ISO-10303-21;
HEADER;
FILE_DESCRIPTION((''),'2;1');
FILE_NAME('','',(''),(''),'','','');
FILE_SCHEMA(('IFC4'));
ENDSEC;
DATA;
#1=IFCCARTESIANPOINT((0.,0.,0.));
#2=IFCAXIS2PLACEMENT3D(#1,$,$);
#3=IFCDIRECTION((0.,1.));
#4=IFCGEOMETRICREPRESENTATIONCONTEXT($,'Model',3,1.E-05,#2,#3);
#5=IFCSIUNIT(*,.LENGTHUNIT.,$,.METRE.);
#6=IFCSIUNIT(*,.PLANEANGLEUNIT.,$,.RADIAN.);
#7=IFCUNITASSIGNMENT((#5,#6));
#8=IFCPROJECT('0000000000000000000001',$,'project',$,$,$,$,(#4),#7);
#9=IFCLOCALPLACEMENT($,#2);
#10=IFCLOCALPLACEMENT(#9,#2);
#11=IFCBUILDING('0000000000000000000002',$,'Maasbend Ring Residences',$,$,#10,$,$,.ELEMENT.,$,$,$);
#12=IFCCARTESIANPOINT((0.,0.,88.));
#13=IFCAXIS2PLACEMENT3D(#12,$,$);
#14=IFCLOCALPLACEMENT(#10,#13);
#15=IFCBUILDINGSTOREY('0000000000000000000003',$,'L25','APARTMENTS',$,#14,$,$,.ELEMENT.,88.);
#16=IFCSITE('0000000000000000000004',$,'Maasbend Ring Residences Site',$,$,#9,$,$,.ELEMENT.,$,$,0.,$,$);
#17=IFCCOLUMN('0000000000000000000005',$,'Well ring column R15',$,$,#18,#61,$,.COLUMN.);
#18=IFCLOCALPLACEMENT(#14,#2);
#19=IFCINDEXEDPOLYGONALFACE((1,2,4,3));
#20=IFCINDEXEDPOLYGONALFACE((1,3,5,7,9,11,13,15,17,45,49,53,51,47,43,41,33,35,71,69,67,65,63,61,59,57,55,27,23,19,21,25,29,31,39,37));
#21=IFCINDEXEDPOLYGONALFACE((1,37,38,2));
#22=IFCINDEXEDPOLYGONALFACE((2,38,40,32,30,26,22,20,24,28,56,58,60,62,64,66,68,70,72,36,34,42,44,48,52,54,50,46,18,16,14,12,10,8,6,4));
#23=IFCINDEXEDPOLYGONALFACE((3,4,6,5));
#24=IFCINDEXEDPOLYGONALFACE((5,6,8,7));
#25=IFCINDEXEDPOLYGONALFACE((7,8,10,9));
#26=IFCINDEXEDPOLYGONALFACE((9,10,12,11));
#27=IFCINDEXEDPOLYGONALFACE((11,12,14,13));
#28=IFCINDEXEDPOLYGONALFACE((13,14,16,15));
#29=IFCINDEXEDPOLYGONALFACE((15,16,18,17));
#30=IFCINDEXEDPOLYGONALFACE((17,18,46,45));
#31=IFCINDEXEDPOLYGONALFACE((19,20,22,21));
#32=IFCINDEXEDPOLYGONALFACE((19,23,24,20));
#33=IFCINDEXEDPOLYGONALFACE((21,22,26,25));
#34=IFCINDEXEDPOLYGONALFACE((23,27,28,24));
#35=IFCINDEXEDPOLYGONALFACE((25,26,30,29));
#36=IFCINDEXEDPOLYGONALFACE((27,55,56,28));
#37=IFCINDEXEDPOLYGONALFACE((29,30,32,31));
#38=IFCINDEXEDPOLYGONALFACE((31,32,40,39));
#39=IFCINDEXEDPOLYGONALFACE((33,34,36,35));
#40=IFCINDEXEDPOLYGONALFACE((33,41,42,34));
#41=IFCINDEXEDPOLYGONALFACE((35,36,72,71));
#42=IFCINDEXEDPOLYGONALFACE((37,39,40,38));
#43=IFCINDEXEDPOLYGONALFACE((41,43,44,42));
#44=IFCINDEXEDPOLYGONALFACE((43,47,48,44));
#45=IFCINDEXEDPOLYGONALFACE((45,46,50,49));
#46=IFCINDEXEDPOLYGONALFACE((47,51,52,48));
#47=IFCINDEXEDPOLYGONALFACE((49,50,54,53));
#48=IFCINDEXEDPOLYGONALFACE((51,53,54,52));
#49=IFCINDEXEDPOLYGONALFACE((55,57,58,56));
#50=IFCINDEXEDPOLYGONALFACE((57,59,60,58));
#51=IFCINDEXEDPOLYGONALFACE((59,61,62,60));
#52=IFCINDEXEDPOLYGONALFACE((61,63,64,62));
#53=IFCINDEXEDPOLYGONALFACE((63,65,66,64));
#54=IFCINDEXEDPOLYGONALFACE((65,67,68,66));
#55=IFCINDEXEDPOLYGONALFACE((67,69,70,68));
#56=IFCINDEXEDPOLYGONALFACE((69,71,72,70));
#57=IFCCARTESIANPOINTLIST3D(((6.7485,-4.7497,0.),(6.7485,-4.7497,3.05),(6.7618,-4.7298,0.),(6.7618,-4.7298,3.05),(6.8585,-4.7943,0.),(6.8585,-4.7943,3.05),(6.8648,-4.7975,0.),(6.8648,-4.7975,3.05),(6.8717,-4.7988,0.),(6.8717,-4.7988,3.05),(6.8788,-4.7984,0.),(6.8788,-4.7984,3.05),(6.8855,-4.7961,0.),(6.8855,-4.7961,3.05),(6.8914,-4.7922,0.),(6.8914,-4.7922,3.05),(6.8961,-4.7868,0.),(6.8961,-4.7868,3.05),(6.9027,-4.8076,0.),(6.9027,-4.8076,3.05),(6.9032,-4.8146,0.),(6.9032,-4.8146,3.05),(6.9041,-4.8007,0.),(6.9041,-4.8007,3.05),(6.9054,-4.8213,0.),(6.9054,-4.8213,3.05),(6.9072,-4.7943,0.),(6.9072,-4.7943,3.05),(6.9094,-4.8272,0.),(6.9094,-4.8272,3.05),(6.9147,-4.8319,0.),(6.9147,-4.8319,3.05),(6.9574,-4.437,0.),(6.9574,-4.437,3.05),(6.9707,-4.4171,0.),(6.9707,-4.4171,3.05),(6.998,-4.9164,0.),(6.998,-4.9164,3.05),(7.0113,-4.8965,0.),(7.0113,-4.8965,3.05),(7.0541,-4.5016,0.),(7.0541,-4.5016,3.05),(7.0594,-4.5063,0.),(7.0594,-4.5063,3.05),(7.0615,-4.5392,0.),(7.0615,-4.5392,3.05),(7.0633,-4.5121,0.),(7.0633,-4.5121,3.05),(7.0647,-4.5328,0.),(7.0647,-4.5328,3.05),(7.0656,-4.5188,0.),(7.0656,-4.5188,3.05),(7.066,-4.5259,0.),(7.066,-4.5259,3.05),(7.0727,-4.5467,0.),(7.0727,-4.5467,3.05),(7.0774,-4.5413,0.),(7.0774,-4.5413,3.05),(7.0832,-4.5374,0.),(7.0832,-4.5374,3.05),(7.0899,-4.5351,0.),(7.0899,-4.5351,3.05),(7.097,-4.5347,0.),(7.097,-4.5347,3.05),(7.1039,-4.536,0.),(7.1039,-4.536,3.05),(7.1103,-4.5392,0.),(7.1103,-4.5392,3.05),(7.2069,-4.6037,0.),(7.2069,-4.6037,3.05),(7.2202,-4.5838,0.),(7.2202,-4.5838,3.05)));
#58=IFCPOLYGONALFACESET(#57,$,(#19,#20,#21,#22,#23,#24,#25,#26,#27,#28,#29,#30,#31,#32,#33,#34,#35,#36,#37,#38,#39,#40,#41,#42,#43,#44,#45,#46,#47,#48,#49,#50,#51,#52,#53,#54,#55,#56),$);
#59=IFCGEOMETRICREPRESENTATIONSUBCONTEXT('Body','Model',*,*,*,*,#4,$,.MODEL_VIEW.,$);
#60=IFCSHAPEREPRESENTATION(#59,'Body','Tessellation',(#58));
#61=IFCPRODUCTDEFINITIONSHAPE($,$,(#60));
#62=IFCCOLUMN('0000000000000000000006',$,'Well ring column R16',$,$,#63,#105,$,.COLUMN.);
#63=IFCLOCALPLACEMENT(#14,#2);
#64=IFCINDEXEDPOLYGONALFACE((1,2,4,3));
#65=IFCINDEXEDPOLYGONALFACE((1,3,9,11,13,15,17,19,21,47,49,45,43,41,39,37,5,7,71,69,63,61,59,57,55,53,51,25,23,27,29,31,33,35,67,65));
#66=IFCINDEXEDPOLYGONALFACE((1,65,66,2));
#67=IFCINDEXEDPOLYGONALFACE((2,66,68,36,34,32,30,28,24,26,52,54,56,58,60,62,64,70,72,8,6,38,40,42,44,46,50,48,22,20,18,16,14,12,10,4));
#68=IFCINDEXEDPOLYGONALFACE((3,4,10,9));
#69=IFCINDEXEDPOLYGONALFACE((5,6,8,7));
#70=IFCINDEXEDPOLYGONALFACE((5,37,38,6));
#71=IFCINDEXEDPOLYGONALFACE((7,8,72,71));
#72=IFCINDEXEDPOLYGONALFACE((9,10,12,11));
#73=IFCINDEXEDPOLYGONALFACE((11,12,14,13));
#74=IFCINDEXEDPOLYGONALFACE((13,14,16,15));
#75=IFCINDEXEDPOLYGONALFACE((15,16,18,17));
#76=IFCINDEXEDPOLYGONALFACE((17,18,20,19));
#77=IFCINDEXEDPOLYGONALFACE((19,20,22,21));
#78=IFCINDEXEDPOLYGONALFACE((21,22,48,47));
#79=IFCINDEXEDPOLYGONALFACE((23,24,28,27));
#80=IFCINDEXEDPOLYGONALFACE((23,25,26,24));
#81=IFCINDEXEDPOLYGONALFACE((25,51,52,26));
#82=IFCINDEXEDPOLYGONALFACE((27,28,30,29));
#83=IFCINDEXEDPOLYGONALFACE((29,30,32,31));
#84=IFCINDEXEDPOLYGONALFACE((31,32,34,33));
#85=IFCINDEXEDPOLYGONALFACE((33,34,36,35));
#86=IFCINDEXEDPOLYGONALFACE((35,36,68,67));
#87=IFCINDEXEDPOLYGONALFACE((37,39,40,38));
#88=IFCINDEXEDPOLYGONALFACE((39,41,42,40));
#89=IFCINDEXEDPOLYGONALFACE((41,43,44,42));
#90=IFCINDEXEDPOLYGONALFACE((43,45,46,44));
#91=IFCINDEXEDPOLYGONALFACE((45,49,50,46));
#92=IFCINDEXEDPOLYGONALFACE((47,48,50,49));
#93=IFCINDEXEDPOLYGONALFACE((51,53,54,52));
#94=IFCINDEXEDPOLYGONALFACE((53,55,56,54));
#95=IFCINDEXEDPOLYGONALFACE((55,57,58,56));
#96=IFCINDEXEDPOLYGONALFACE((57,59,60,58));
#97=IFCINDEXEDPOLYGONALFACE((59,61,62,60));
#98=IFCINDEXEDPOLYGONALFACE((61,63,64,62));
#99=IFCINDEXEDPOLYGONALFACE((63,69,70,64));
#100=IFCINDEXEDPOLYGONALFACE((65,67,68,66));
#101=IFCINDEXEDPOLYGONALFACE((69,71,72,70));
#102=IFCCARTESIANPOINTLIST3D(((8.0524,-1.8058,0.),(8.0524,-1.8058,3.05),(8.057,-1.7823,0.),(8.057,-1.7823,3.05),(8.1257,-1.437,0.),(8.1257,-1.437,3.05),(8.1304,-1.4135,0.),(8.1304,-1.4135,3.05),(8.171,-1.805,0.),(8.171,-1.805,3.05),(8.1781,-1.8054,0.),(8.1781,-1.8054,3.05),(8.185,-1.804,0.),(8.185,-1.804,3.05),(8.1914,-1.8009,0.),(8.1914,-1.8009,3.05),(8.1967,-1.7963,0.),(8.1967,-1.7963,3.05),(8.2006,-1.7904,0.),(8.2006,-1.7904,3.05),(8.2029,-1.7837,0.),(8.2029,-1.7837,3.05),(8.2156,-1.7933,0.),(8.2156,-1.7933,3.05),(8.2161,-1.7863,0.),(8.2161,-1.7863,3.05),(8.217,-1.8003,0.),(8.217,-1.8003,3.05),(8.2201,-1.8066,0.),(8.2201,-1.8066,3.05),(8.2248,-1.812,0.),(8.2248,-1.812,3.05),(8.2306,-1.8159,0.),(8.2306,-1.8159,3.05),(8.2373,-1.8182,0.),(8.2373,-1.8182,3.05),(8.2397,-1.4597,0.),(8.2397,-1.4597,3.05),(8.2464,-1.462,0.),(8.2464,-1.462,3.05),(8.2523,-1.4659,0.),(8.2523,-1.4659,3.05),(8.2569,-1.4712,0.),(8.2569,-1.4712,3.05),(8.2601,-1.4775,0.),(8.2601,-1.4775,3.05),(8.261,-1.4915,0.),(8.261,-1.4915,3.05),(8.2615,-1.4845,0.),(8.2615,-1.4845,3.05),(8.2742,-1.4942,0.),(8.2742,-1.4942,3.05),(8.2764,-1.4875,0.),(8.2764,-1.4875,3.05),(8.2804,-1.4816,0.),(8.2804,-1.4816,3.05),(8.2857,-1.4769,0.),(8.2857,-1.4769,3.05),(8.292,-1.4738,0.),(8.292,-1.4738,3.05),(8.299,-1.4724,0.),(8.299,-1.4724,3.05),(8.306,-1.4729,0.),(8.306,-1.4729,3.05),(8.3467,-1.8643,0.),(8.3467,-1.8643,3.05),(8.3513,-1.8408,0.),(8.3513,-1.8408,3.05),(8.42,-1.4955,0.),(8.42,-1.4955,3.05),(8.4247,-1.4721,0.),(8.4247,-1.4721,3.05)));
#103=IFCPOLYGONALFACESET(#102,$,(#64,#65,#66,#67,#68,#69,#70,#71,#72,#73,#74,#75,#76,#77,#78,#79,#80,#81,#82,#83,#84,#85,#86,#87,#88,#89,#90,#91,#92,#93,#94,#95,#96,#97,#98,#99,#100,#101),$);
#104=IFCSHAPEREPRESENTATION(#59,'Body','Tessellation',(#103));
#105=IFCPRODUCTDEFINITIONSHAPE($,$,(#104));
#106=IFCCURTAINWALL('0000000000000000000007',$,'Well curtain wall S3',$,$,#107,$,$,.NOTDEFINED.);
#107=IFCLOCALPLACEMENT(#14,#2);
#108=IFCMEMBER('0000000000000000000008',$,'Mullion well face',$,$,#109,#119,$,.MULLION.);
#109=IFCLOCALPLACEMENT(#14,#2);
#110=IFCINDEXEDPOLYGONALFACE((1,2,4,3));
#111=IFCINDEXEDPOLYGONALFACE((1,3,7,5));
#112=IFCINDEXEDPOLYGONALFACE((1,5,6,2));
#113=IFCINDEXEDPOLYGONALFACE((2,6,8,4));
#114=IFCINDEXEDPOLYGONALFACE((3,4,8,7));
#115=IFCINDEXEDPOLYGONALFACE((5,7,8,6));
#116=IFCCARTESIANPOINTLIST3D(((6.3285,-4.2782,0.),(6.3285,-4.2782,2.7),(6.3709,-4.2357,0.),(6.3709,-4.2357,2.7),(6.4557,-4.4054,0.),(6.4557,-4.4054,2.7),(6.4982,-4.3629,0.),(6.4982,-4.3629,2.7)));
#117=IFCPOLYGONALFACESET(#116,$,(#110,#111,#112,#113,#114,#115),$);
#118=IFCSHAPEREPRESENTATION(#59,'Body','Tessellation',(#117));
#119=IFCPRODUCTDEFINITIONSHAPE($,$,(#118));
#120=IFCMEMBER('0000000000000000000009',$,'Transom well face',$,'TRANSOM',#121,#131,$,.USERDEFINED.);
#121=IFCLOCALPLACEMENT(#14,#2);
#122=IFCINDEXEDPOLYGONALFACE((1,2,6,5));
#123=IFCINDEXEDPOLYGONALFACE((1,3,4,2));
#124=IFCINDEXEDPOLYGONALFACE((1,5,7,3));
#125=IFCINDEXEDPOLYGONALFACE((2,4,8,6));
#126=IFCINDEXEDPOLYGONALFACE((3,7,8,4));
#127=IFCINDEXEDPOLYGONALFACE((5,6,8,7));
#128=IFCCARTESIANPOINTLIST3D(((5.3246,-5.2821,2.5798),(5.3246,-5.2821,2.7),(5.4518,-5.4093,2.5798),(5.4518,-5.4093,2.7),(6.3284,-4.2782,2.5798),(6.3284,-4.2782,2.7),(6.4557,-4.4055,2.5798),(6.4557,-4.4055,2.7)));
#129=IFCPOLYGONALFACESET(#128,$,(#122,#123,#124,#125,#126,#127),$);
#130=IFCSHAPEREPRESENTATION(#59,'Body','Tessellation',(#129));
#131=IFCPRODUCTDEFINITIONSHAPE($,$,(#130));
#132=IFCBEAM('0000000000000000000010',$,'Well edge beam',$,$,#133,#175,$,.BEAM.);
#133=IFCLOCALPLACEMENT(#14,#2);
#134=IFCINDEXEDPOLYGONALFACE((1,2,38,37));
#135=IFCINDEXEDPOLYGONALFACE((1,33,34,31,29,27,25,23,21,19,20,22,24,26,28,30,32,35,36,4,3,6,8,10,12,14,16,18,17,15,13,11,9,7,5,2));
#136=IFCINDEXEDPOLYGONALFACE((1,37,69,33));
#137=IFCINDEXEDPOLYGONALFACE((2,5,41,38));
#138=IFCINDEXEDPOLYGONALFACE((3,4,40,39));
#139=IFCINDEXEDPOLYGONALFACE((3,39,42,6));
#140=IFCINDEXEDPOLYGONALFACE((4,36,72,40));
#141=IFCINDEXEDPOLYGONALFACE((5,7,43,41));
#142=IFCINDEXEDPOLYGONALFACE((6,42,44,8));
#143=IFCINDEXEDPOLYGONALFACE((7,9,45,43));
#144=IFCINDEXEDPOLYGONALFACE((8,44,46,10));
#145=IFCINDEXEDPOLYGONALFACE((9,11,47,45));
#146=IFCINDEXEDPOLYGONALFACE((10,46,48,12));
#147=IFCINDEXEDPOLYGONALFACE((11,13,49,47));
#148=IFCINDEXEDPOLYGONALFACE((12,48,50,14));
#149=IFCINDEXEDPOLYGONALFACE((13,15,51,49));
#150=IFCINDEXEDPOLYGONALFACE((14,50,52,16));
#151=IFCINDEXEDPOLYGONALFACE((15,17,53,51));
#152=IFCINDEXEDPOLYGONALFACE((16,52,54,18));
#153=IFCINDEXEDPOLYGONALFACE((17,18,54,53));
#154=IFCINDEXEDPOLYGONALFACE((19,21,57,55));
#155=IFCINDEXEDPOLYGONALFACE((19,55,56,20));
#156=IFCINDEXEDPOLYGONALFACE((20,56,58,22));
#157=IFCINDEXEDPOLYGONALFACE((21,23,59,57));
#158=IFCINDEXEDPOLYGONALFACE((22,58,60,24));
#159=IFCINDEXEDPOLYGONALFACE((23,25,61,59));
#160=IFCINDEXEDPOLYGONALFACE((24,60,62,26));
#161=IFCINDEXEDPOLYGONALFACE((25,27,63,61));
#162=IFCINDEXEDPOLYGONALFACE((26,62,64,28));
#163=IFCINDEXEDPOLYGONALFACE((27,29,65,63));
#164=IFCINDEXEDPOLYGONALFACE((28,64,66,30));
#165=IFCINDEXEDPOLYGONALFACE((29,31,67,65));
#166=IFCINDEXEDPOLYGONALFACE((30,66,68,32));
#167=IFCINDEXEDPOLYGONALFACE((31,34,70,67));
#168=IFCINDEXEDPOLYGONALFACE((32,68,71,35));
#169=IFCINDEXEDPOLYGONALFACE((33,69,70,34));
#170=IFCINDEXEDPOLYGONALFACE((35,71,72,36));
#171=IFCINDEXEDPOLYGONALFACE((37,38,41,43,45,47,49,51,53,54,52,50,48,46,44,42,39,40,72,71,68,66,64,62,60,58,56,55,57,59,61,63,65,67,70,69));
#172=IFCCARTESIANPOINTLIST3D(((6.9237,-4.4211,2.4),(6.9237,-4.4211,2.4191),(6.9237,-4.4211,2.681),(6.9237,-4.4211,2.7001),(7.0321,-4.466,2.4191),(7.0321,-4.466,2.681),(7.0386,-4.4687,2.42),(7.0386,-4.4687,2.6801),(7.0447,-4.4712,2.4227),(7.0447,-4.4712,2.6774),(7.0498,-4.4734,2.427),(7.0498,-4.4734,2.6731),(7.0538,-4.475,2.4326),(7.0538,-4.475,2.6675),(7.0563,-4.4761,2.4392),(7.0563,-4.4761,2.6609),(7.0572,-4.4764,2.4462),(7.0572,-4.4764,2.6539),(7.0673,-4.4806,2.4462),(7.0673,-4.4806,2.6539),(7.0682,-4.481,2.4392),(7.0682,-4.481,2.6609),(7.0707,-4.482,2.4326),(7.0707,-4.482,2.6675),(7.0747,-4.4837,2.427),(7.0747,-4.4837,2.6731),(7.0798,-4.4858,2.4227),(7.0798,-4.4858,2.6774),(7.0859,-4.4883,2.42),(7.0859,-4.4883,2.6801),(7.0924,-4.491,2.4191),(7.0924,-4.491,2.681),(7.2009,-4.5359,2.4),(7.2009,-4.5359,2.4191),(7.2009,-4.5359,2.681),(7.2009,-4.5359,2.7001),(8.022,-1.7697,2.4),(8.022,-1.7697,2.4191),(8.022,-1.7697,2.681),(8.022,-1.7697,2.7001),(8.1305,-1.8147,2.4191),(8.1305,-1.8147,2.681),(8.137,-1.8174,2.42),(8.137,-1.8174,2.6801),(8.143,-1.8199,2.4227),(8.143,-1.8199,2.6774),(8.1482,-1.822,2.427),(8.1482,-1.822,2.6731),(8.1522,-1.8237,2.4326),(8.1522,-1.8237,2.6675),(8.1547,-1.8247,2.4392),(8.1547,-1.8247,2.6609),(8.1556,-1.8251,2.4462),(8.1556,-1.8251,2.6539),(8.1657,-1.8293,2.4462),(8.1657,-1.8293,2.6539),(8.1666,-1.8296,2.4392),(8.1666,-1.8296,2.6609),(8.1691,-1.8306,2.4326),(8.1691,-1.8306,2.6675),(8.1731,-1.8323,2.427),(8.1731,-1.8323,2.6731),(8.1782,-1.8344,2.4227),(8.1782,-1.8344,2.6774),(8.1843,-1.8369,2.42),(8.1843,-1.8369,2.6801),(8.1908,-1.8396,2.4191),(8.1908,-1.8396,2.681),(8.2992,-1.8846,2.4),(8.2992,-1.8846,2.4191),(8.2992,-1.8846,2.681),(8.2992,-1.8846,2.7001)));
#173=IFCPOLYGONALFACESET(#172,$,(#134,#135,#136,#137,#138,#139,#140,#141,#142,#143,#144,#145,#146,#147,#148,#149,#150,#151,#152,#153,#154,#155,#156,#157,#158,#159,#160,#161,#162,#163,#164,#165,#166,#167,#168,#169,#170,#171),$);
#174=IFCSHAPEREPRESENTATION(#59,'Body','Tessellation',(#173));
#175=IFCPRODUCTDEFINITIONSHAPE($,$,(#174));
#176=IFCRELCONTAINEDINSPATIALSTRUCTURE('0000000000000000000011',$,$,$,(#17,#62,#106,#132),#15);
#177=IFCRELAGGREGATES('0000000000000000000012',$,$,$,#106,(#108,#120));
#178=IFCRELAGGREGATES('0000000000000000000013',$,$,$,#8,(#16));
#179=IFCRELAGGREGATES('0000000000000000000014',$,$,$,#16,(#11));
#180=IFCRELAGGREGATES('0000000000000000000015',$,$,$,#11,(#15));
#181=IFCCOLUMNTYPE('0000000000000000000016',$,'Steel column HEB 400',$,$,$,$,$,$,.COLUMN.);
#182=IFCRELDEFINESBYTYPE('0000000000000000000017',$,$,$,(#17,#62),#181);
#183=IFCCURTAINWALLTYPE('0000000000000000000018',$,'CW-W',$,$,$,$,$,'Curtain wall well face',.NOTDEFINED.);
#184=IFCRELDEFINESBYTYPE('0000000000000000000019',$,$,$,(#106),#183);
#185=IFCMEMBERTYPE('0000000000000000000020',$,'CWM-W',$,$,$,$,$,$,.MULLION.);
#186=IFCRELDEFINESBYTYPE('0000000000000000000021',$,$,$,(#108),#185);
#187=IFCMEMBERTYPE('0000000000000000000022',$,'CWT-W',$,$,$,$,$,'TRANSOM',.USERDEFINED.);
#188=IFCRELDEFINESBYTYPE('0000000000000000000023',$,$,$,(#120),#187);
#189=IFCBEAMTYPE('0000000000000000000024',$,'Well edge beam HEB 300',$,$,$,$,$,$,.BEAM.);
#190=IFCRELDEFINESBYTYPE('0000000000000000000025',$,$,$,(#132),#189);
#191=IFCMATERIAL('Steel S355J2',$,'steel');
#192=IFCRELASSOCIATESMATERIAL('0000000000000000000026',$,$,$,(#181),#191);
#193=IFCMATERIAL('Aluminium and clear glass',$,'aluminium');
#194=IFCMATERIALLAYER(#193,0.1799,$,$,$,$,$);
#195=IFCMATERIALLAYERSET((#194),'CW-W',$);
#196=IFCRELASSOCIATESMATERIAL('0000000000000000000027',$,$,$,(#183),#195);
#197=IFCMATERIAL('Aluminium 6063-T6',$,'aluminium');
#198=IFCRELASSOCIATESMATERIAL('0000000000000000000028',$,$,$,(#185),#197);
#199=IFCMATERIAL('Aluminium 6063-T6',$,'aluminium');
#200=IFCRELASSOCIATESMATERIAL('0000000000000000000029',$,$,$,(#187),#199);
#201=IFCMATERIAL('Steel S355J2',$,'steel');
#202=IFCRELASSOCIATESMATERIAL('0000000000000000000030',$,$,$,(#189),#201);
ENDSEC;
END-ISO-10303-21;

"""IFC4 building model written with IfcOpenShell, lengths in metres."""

from ifc_helpers import new_model, si_unit, direction, frame, origin, origin_2d, place, context, subcontext, project, spatial, rectangle, i_section, extrude, material, layer, layer_set, material_profile, profile_set, type_object, element, aggregate, save


model = new_model("IFC4")

# Units and contexts
model_context = context("Model", 3, precision=1e-05, world=origin(), true_north=direction((0.0, 1.0)))
body_context = subcontext(model_context, "Body", "Model", "MODEL_VIEW")
ifc_project = project(units=[si_unit("LENGTHUNIT", "METRE"), si_unit("PLANEANGLEUNIT", "RADIAN")], contexts=[model_context])

# Site, building, storey
site_placement = place(None, origin())
site = spatial("IfcSite", under=ifc_project, at=site_placement, Name="Maasbend Ring Residences Site", CompositionType="ELEMENT", RefElevation=0.0)
building_placement = place(site_placement, origin())
building = spatial("IfcBuilding", under=site, at=building_placement, Name="Maasbend Ring Residences", CompositionType="ELEMENT")
storey_placement = place(building_placement, frame((0.0, 0.0, 88.0)))
storey = spatial("IfcBuildingStorey", under=building, at=storey_placement, Name="L25", Description="APARTMENTS", CompositionType="ELEMENT", Elevation=88.0)

# Columns
ifc_material_1 = material(Name="Steel S355J2", Category="steel")
ifc_material_profile_1 = material_profile(ifc_material_1, i_section(OverallWidth=0.3, OverallDepth=0.3999, WebThickness=0.0134, FlangeThickness=0.0239, FilletRadius=0.0271, at=origin_2d()), Name="HEB 400")
ifc_profile_set_1 = profile_set([ifc_material_profile_1], Name="Steel S355J2")
column_type = type_object("IfcColumnType", Name="Steel column HEB 400", PredefinedType="COLUMN", material=ifc_profile_set_1)
for number, where, z_axis, x_axis, name in (
    (1, (6.9844, -4.6667, 0.0), (0.0, 0.0, 1.0), (0.83147, -0.55557, 0.0), "Well ring column R15"),
    (2, (8.2385, -1.6389, 0.0), (0.0, 0.0, 1.0), (0.980785, -0.19509, 0.0), "Well ring column R16"),
):
    element("IfcColumn", number, at=place(storey_placement, frame(where, z_axis=z_axis, x_axis=x_axis)), inside=storey, type_object=column_type, Name=name, PredefinedType="COLUMN", context=body_context, shape_type="SweptSolid", body=[
        extrude(i_section(OverallWidth=0.3, OverallDepth=0.3999, WebThickness=0.0134, FlangeThickness=0.0239, FilletRadius=0.0271, at=origin_2d()), origin(), (0.0, 0.0, 1.0), 3.05),
    ])

# Curtain wall, members
ifc_material_2 = material(Name="Aluminium and clear glass", Category="aluminium")
ifc_layer_1 = layer(ifc_material_2, 0.1799)
ifc_layer_set_1 = layer_set([ifc_layer_1], Name="CW-W")
curtain_wall_type = type_object("IfcCurtainWallType", Name="CW-W", ElementType="Curtain wall well face", PredefinedType="NOTDEFINED", material=ifc_layer_set_1)
curtain_wall_placement = place(storey_placement, origin())
curtain_wall = element("IfcCurtainWall", 3, at=curtain_wall_placement, inside=storey, type_object=curtain_wall_type, Name="Well curtain wall S3", PredefinedType="NOTDEFINED")
ifc_material_3 = material(Name="Aluminium 6063-T6", Category="aluminium")
ifc_material_profile_2 = material_profile(ifc_material_3, rectangle(XDim=0.1799, YDim=0.0601, at=origin_2d()), Name="AL 180x60")
ifc_profile_set_2 = profile_set([ifc_material_profile_2], Name="Aluminium 6063-T6")
member_type_1 = type_object("IfcMemberType", Name="CWM-W", PredefinedType="MULLION", material=ifc_profile_set_2)
member_1_placement = place(storey_placement, frame((6.4133, -4.3206, 0.0), z_axis=(0.0, 0.0, 1.0), x_axis=(-0.707107, 0.707107, 0.0)))
member_1 = element("IfcMember", 4, at=member_1_placement, type_object=member_type_1, Name="Mullion well face", PredefinedType="MULLION", context=body_context, shape_type="SweptSolid", body=[
    extrude(rectangle(XDim=0.1799, YDim=0.0601, at=origin_2d()), origin(), (0.0, 0.0, 1.0), 2.7),
])
ifc_material_4 = material(Name="Aluminium 6063-T6", Category="aluminium")
ifc_material_profile_3 = material_profile(ifc_material_4, rectangle(XDim=0.1799, YDim=0.1201, at=origin_2d()), Name="AL 180x120")
ifc_profile_set_3 = profile_set([ifc_material_profile_3], Name="Aluminium 6063-T6")
member_type_2 = type_object("IfcMemberType", Name="CWT-W", ElementType="TRANSOM", PredefinedType="USERDEFINED", material=ifc_profile_set_3)
member_2_placement = place(storey_placement, frame((5.3882, -5.3457, 2.6399), z_axis=(0.707107, 0.707107, 0.0), x_axis=(-0.707107, 0.707107, 0.0)))
member_2 = element("IfcMember", 5, at=member_2_placement, type_object=member_type_2, Name="Transom well face", ObjectType="TRANSOM", PredefinedType="USERDEFINED", context=body_context, shape_type="SweptSolid", body=[
    extrude(rectangle(XDim=0.1799, YDim=0.1201, at=origin_2d()), origin(), (0.0, 0.0, 1.0), 1.4197),
])

# Beam
ifc_material_5 = material(Name="Steel S355J2", Category="steel")
ifc_material_profile_4 = material_profile(ifc_material_5, i_section(OverallWidth=0.3, OverallDepth=0.3, WebThickness=0.011, FlangeThickness=0.019, FilletRadius=0.0271, at=origin_2d()), Name="HEB 300")
ifc_profile_set_4 = profile_set([ifc_material_profile_4], Name="Steel S355J2")
beam_type = type_object("IfcBeamType", Name="Well edge beam HEB 300", PredefinedType="BEAM", material=ifc_profile_set_4)
beam_1_placement = place(storey_placement, frame((7.0623, -4.4785, 2.55), z_axis=(0.38273, 0.92386, 0.0), x_axis=(-0.92386, 0.38273, 0.0)))
element("IfcBeam", 6, at=beam_1_placement, inside=storey, type_object=beam_type, Name="Well edge beam", PredefinedType="BEAM", context=body_context, shape_type="SweptSolid", body=[
    extrude(i_section(OverallWidth=0.3, OverallDepth=0.3, WebThickness=0.011, FlangeThickness=0.019, FilletRadius=0.0271, at=origin_2d()), origin(), (0.0, 0.0, 1.0), 2.8699),
])

aggregate(curtain_wall, [member_1, member_2])

save(model, "model.ifc")
